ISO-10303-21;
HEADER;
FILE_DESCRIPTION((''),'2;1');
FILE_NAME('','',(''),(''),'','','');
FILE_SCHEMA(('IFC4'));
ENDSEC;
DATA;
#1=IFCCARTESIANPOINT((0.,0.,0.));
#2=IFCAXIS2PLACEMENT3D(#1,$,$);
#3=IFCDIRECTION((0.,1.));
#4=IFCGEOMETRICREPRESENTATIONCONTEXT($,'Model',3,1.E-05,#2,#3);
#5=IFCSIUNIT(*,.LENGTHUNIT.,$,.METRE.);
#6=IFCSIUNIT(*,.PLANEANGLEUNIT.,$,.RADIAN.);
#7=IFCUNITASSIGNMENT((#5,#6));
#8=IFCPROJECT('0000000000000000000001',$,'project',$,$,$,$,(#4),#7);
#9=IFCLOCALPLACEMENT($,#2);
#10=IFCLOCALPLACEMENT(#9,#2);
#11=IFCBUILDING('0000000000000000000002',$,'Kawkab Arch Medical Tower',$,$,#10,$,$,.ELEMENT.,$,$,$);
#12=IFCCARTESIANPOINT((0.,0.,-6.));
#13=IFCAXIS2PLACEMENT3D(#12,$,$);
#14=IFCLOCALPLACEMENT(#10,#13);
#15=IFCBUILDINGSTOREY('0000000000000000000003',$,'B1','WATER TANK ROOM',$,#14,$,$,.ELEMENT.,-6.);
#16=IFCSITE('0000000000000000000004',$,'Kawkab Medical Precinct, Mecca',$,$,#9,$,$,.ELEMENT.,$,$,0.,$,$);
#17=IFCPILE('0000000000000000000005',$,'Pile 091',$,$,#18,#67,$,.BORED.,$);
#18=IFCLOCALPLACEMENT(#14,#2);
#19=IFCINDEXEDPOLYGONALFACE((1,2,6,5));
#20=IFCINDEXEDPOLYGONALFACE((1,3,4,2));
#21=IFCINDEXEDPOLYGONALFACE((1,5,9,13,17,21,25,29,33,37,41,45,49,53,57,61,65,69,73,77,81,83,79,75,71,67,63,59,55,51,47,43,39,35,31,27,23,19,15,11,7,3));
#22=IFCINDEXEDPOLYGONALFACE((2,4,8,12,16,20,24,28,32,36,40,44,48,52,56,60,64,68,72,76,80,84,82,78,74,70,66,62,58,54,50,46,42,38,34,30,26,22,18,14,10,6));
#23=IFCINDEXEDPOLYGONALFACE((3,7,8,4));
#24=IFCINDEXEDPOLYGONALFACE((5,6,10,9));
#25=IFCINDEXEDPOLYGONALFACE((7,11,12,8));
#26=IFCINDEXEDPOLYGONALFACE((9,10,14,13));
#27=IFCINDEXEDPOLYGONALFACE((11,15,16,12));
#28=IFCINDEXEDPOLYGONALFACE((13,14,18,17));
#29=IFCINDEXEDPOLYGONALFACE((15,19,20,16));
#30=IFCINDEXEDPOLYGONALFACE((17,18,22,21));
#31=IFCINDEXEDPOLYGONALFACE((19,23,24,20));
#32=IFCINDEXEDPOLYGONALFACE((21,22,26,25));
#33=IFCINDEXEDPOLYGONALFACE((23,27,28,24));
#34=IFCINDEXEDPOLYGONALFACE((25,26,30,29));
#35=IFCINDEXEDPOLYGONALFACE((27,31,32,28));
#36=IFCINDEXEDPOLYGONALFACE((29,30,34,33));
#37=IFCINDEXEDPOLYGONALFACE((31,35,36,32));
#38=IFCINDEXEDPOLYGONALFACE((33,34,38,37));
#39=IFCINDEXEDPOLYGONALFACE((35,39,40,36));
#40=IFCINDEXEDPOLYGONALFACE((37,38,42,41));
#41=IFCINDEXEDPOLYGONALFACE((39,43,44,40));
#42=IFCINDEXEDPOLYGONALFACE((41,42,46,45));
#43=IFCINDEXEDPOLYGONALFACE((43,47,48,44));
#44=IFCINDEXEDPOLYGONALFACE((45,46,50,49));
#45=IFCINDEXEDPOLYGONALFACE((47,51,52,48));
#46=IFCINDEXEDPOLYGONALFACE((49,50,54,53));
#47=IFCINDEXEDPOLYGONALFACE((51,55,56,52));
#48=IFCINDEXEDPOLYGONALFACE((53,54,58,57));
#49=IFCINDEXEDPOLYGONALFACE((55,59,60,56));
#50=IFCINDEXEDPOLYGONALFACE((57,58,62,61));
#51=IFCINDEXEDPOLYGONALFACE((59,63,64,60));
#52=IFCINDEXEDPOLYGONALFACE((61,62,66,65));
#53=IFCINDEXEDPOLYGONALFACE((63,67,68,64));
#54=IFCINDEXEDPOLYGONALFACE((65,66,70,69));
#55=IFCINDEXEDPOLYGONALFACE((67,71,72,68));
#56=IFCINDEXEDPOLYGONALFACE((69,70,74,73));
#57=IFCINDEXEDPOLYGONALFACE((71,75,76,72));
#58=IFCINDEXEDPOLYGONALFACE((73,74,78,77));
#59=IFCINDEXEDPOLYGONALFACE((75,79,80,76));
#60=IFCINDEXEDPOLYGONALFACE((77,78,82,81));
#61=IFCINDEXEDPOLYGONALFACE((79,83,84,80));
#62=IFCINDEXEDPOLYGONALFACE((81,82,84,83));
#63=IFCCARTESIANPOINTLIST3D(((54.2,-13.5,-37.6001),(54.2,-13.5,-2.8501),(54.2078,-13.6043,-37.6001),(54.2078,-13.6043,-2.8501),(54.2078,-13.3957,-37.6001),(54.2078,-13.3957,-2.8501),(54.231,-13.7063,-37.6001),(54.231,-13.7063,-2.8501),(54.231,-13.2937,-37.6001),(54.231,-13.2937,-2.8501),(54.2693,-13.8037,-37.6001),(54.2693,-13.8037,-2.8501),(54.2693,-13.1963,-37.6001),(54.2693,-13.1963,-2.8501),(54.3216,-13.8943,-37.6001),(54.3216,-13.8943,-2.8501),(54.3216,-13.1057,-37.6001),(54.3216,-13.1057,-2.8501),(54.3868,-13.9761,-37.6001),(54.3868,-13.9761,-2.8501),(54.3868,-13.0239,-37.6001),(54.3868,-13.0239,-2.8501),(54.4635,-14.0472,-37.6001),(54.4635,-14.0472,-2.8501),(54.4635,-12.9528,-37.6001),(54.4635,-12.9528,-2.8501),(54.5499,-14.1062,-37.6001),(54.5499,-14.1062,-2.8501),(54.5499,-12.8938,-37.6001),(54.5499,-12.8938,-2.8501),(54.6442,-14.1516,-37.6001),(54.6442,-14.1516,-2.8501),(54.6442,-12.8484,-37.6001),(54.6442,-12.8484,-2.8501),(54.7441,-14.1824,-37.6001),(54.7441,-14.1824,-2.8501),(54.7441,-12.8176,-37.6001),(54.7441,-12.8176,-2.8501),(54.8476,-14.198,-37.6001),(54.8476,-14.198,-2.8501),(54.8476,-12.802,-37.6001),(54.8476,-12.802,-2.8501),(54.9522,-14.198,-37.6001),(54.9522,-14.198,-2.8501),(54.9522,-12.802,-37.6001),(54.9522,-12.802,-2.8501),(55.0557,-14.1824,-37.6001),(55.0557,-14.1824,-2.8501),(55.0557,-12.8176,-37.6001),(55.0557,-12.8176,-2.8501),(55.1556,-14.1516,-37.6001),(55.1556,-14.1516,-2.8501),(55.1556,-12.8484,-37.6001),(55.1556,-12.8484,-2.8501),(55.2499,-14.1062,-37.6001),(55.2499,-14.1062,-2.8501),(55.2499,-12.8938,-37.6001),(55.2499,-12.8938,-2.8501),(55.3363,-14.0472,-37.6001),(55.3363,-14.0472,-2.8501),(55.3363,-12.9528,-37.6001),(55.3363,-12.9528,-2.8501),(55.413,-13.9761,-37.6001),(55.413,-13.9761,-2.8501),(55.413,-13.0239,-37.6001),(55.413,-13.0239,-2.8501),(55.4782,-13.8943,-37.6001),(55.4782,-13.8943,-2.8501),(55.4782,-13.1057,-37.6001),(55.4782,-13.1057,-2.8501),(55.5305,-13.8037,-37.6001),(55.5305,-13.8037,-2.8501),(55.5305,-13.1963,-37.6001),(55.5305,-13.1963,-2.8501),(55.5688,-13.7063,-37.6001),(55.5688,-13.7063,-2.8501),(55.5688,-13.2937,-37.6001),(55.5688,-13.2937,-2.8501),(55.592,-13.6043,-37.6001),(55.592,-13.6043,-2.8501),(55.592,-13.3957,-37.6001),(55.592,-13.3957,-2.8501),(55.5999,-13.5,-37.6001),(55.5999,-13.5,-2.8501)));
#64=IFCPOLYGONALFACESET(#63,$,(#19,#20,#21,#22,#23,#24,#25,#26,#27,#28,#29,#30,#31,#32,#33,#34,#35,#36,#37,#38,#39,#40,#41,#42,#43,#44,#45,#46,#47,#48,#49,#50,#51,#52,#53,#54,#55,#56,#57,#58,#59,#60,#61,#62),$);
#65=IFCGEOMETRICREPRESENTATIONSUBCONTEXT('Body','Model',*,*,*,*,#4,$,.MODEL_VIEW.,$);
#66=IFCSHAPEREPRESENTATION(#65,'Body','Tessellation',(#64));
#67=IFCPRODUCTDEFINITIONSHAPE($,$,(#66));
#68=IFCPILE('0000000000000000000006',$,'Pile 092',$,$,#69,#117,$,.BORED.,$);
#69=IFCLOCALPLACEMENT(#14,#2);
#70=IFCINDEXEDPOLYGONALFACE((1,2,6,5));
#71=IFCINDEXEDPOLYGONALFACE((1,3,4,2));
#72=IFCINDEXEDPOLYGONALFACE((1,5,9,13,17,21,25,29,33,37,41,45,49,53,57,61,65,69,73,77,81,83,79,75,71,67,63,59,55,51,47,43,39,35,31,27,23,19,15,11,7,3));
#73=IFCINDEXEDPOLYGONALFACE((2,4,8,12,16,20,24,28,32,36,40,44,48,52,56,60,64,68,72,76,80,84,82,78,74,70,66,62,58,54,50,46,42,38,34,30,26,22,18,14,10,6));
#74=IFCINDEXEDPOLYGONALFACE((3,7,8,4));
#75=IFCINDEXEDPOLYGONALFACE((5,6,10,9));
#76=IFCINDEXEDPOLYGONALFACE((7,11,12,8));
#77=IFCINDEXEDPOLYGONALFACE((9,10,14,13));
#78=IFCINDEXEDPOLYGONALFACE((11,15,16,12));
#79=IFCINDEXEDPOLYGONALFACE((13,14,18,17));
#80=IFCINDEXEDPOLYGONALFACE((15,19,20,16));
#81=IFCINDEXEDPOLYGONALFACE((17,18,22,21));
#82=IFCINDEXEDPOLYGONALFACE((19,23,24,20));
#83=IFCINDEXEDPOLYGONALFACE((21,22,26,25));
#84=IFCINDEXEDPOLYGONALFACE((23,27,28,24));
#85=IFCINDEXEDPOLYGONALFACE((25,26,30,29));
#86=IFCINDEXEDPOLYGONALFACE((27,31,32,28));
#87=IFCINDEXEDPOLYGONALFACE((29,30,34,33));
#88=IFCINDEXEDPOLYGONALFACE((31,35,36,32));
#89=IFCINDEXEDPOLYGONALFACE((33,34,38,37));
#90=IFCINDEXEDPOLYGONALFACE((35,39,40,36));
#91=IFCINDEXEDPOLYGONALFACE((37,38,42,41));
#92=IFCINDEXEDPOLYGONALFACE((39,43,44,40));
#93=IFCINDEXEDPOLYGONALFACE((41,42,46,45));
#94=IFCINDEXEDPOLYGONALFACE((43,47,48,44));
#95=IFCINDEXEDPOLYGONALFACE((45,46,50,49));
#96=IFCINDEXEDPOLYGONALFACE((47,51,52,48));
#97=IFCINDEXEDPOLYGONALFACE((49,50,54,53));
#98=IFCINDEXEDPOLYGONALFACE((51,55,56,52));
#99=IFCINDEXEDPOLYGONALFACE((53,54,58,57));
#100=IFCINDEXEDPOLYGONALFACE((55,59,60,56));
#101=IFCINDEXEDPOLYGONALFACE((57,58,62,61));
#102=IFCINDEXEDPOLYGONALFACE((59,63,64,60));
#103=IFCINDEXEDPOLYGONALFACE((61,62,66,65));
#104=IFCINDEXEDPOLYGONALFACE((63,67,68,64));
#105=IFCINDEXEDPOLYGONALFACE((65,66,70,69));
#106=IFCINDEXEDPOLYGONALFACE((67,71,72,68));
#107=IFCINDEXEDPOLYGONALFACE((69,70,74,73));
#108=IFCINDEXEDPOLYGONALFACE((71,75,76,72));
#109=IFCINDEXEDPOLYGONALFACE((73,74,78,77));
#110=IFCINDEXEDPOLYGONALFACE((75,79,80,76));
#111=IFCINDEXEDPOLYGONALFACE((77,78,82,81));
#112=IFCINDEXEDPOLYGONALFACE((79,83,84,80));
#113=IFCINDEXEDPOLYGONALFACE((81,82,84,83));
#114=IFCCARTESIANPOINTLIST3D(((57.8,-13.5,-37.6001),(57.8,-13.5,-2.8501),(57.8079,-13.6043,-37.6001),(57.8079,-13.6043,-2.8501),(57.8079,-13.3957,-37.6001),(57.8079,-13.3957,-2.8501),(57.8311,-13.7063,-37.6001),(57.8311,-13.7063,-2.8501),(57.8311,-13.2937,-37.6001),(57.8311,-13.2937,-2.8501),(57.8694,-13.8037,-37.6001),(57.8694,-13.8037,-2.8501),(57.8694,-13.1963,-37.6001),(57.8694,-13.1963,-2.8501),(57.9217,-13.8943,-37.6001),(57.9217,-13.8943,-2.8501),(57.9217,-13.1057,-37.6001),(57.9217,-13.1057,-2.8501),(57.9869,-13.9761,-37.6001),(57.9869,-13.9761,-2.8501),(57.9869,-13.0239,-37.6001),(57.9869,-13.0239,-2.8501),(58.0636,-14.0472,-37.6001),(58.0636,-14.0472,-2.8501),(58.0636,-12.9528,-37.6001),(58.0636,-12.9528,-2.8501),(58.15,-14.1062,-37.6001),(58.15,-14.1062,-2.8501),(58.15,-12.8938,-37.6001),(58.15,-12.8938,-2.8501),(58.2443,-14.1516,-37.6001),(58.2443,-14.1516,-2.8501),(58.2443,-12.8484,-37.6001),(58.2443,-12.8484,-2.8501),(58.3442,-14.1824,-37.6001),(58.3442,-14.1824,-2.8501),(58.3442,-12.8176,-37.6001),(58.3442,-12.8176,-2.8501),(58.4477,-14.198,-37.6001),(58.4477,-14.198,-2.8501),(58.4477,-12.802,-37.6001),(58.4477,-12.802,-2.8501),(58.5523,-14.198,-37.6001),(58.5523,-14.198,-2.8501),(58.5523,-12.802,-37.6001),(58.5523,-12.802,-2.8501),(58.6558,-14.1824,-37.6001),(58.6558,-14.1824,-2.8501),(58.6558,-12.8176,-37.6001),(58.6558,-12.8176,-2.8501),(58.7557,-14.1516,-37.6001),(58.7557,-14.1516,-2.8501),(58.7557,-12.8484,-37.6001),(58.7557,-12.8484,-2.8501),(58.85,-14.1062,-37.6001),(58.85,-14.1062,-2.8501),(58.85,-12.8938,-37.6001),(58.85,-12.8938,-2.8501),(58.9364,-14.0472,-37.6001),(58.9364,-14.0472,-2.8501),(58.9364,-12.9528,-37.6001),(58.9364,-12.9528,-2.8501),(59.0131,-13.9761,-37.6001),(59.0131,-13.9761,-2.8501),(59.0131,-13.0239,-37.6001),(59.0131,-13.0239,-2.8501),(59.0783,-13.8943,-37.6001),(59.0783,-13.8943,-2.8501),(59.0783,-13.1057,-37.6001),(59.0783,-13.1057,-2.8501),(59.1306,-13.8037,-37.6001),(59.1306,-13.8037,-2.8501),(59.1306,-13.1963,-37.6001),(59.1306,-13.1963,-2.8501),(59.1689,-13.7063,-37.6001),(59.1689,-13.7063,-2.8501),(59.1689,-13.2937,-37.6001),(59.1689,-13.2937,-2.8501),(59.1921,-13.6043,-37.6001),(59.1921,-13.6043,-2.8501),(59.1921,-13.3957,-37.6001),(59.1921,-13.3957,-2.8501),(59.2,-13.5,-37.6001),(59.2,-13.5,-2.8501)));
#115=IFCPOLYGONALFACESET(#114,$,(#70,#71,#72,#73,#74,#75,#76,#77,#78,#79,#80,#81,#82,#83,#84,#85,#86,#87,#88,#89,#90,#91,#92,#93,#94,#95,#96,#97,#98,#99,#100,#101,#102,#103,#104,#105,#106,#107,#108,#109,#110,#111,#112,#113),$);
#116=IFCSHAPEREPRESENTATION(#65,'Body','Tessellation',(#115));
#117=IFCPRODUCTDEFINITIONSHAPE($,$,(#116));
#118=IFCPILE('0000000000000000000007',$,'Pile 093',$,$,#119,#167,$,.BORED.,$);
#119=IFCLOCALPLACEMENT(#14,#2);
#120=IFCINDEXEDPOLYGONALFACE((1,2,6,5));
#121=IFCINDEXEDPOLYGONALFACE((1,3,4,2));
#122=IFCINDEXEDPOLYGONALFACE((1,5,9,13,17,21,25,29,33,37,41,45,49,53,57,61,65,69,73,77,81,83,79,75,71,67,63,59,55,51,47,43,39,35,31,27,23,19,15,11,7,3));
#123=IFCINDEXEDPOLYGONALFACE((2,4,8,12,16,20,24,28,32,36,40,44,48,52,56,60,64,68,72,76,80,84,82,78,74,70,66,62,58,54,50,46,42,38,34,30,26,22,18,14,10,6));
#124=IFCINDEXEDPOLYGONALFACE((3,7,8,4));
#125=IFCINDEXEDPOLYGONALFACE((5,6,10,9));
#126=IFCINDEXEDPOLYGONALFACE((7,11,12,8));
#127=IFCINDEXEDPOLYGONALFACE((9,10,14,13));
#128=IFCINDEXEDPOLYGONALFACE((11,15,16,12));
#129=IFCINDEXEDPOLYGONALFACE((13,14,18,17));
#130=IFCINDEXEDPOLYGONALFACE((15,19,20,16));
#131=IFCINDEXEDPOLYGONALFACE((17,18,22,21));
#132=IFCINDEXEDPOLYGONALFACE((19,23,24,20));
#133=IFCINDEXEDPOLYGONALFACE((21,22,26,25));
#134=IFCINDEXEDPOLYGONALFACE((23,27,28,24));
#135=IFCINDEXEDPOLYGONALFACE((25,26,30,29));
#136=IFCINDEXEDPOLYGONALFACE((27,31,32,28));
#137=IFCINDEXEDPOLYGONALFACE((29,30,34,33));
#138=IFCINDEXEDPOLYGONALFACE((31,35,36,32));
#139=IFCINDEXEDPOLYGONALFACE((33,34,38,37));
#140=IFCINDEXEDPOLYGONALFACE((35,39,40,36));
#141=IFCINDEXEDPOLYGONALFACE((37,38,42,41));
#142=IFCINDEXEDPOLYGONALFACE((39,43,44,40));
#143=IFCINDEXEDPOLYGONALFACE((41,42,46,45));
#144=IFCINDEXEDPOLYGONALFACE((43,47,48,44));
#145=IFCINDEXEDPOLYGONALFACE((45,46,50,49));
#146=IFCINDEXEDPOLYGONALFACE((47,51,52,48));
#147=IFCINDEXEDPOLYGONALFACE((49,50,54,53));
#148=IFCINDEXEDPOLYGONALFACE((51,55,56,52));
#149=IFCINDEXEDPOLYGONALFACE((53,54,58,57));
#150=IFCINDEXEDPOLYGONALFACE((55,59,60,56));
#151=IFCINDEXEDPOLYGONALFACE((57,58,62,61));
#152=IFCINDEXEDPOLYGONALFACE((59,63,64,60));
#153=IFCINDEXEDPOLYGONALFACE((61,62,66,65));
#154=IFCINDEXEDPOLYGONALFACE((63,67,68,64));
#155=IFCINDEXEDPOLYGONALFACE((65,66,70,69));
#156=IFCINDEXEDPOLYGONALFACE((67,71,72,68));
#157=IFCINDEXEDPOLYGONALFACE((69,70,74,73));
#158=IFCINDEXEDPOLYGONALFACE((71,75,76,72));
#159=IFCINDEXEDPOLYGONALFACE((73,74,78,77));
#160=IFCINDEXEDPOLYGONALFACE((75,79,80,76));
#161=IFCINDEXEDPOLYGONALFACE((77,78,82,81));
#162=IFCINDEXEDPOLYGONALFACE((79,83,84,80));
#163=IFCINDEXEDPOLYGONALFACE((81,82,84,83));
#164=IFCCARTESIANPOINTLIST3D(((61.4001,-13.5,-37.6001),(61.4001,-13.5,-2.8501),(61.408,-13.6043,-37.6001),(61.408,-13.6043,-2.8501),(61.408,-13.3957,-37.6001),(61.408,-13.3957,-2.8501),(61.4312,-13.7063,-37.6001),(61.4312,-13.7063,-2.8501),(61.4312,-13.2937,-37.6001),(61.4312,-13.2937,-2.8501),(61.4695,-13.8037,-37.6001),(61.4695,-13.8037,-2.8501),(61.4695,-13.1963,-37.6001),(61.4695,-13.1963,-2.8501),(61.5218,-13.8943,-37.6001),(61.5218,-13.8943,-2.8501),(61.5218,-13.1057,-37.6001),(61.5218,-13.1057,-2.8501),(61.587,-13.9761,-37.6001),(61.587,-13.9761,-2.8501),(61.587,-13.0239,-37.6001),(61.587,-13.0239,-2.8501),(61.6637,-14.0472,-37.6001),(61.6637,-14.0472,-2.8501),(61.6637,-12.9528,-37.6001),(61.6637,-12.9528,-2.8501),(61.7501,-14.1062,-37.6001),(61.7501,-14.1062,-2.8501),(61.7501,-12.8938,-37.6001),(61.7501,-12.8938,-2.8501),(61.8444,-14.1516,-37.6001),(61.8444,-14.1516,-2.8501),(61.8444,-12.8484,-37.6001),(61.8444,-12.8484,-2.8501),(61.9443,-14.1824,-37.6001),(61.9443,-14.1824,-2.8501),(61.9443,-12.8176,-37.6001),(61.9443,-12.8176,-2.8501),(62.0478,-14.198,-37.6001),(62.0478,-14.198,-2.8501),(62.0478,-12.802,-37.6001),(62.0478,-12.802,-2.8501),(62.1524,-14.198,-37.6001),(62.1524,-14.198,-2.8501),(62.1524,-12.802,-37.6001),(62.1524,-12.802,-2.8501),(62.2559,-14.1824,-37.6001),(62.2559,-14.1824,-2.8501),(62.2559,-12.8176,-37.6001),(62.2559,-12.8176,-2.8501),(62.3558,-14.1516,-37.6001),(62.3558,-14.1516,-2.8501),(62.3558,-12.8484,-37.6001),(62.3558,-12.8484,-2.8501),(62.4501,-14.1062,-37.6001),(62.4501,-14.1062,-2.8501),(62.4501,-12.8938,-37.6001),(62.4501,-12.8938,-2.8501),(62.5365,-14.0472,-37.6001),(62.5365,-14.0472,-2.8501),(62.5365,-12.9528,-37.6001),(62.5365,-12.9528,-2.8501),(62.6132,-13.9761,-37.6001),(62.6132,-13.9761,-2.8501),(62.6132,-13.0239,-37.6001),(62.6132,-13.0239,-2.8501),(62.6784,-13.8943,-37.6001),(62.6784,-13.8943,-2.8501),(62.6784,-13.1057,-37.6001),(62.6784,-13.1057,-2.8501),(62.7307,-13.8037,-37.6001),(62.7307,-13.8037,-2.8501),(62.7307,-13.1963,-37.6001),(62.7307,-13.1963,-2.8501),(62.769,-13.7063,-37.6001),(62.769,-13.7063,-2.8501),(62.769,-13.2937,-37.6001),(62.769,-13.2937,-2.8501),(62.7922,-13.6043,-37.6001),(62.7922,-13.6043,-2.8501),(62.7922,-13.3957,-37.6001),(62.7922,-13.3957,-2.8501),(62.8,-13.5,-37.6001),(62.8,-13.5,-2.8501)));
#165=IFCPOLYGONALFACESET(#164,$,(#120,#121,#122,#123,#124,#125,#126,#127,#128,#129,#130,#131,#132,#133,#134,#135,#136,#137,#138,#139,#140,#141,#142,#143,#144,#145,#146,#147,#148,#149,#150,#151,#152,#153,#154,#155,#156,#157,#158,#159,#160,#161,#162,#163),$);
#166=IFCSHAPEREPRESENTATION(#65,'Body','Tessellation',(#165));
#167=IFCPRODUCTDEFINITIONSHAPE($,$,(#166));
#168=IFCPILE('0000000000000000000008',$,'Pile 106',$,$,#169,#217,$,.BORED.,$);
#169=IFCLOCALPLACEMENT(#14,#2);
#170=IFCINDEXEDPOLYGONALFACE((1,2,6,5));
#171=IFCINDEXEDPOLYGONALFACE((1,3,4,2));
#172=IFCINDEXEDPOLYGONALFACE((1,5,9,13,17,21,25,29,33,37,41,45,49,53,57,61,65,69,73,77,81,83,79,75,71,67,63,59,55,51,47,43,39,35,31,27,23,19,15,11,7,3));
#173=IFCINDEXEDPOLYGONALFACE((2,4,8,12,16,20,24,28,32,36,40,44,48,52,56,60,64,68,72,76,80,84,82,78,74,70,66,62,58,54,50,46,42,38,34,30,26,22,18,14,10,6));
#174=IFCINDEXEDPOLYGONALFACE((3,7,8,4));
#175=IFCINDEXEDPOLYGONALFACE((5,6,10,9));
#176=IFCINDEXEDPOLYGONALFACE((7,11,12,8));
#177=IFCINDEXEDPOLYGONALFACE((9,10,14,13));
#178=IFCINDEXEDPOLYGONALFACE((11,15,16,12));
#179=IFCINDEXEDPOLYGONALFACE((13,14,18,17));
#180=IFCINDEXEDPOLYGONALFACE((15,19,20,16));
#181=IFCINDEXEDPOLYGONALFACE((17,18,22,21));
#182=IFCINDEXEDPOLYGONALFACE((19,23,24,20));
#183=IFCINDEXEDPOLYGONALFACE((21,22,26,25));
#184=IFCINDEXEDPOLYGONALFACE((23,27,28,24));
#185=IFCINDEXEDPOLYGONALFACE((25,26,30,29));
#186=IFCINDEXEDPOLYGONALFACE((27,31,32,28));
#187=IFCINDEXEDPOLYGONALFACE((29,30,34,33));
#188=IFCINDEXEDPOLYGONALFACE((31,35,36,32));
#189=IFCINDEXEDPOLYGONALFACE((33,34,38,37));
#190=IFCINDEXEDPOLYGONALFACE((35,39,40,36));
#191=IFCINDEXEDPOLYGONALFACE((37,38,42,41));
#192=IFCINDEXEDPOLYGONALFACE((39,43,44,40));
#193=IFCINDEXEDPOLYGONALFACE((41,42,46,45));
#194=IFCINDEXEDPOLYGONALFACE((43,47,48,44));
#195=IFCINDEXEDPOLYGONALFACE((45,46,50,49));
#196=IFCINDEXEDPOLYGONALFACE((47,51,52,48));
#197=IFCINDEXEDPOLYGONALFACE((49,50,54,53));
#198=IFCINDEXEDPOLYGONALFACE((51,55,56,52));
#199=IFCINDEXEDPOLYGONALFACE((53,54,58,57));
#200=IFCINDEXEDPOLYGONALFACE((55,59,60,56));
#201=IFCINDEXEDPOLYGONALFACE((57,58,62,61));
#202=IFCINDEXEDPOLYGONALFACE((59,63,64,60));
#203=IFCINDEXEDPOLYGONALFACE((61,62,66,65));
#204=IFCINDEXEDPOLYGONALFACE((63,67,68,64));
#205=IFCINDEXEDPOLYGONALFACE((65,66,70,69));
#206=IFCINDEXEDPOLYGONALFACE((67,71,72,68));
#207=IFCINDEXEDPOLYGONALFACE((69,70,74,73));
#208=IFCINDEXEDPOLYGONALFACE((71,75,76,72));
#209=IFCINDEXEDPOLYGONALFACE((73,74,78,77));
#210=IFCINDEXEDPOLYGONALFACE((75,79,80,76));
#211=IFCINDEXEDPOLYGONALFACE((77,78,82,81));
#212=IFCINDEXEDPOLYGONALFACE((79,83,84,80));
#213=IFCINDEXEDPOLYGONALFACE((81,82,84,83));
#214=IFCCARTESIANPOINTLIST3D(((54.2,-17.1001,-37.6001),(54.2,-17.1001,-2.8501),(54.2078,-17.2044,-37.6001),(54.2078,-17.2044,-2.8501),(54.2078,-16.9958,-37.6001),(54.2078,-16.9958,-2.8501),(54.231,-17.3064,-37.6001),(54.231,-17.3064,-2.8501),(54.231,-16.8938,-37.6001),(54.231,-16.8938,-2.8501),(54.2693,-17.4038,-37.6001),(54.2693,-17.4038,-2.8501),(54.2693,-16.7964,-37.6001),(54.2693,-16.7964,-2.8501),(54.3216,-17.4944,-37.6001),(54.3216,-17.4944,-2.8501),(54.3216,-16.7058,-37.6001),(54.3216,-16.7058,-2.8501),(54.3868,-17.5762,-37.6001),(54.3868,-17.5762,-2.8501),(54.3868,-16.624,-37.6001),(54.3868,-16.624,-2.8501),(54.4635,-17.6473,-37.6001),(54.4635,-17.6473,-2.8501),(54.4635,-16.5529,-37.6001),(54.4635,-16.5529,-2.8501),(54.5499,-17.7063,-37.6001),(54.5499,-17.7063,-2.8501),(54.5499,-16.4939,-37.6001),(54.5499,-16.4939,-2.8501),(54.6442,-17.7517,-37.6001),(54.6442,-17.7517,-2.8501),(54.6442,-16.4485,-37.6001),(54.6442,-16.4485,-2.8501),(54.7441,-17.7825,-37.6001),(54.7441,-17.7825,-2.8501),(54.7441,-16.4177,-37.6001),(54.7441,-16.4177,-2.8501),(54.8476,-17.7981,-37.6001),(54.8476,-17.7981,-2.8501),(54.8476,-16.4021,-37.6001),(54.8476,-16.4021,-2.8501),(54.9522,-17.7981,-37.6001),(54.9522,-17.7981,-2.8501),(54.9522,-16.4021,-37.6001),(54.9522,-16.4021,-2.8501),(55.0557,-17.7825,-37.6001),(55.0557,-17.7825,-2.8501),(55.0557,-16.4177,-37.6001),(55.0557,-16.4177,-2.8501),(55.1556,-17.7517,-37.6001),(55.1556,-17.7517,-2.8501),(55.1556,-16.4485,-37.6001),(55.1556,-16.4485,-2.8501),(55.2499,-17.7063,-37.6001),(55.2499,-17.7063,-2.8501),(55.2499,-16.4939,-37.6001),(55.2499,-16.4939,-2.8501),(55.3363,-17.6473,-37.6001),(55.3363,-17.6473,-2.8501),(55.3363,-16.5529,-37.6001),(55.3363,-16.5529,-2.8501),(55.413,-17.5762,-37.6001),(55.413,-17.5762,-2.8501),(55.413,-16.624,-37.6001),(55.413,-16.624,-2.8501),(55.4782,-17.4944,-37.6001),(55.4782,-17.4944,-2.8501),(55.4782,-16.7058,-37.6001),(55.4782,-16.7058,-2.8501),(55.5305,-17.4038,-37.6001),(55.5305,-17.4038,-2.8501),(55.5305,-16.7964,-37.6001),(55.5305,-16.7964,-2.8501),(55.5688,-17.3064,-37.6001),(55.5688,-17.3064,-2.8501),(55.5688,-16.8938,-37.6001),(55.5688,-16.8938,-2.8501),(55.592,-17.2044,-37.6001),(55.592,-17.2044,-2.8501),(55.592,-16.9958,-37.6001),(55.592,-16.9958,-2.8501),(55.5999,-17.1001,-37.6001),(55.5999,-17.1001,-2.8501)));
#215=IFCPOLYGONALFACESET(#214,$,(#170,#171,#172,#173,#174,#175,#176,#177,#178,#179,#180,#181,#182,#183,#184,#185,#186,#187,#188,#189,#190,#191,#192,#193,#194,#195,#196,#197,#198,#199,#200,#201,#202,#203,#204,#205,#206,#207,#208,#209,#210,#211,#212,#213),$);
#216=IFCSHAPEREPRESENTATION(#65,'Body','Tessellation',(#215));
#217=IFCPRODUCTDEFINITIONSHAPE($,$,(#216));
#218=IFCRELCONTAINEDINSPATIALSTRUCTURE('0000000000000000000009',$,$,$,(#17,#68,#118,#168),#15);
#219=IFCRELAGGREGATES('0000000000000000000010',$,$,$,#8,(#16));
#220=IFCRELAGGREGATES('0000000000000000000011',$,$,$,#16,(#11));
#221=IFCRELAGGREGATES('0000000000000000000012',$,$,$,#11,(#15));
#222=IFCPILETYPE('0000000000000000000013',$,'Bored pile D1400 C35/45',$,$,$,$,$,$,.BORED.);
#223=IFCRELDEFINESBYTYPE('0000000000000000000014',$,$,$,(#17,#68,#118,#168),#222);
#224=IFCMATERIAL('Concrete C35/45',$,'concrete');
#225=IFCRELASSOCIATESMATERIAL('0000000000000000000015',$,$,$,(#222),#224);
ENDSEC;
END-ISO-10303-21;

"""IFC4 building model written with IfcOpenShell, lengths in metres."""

from ifc_helpers import new_model, si_unit, direction, frame, origin, origin_2d, place, context, subcontext, project, spatial, circle, extrude, material, material_profile, profile_set, type_object, element, save


model = new_model("IFC4")

# Units and contexts
model_context = context("Model", 3, precision=1e-05, world=origin(), true_north=direction((0.0, 1.0)))
body_context = subcontext(model_context, "Body", "Model", "MODEL_VIEW")
ifc_project = project(units=[si_unit("LENGTHUNIT", "METRE"), si_unit("PLANEANGLEUNIT", "RADIAN")], contexts=[model_context])

# Site, building, storey
site_placement = place(None, origin())
site = spatial("IfcSite", under=ifc_project, at=site_placement, Name="Kawkab Medical Precinct, Mecca", CompositionType="ELEMENT", RefElevation=0.0)
building_placement = place(site_placement, origin())
building = spatial("IfcBuilding", under=site, at=building_placement, Name="Kawkab Arch Medical Tower", CompositionType="ELEMENT")
storey_placement = place(building_placement, frame((0.0, 0.0, -6.0)))
storey = spatial("IfcBuildingStorey", under=building, at=storey_placement, Name="B1", Description="WATER TANK ROOM", CompositionType="ELEMENT", Elevation=-6.0)

# Piles
ifc_material_1 = material(Name="Concrete C35/45", Category="concrete")
ifc_material_profile_1 = material_profile(ifc_material_1, circle(Radius=0.7, at=origin_2d()), Name="Bored pile D1400")
ifc_profile_set_1 = profile_set([ifc_material_profile_1], Name="Concrete C35/45")
pile_type = type_object("IfcPileType", Name="Bored pile D1400 C35/45", PredefinedType="BORED", material=ifc_profile_set_1)
for number, where, z_axis, x_axis, name in (
    (1, (54.8999, -13.5, -2.8501), (0.0, 0.0, -1.0), (1.0, 0.0, 0.0), "Pile 091"),
    (2, (58.5, -13.5, -2.8501), (0.0, 0.0, -1.0), (1.0, 0.0, 0.0), "Pile 092"),
    (3, (62.1001, -13.5, -2.8501), (0.0, 0.0, -1.0), (1.0, 0.0, 0.0), "Pile 093"),
    (4, (54.8999, -17.1001, -2.8501), (0.0, 0.0, -1.0), (1.0, 0.0, 0.0), "Pile 106"),
):
    element("IfcPile", number, at=place(storey_placement, frame(where, z_axis=z_axis, x_axis=x_axis)), inside=storey, type_object=pile_type, Name=name, PredefinedType="BORED", context=body_context, shape_type="SweptSolid", body=[
        extrude(circle(Radius=0.7, at=origin_2d()), origin(), (0.0, 0.0, 1.0), 34.75),
    ])

save(model, "model.ifc")
